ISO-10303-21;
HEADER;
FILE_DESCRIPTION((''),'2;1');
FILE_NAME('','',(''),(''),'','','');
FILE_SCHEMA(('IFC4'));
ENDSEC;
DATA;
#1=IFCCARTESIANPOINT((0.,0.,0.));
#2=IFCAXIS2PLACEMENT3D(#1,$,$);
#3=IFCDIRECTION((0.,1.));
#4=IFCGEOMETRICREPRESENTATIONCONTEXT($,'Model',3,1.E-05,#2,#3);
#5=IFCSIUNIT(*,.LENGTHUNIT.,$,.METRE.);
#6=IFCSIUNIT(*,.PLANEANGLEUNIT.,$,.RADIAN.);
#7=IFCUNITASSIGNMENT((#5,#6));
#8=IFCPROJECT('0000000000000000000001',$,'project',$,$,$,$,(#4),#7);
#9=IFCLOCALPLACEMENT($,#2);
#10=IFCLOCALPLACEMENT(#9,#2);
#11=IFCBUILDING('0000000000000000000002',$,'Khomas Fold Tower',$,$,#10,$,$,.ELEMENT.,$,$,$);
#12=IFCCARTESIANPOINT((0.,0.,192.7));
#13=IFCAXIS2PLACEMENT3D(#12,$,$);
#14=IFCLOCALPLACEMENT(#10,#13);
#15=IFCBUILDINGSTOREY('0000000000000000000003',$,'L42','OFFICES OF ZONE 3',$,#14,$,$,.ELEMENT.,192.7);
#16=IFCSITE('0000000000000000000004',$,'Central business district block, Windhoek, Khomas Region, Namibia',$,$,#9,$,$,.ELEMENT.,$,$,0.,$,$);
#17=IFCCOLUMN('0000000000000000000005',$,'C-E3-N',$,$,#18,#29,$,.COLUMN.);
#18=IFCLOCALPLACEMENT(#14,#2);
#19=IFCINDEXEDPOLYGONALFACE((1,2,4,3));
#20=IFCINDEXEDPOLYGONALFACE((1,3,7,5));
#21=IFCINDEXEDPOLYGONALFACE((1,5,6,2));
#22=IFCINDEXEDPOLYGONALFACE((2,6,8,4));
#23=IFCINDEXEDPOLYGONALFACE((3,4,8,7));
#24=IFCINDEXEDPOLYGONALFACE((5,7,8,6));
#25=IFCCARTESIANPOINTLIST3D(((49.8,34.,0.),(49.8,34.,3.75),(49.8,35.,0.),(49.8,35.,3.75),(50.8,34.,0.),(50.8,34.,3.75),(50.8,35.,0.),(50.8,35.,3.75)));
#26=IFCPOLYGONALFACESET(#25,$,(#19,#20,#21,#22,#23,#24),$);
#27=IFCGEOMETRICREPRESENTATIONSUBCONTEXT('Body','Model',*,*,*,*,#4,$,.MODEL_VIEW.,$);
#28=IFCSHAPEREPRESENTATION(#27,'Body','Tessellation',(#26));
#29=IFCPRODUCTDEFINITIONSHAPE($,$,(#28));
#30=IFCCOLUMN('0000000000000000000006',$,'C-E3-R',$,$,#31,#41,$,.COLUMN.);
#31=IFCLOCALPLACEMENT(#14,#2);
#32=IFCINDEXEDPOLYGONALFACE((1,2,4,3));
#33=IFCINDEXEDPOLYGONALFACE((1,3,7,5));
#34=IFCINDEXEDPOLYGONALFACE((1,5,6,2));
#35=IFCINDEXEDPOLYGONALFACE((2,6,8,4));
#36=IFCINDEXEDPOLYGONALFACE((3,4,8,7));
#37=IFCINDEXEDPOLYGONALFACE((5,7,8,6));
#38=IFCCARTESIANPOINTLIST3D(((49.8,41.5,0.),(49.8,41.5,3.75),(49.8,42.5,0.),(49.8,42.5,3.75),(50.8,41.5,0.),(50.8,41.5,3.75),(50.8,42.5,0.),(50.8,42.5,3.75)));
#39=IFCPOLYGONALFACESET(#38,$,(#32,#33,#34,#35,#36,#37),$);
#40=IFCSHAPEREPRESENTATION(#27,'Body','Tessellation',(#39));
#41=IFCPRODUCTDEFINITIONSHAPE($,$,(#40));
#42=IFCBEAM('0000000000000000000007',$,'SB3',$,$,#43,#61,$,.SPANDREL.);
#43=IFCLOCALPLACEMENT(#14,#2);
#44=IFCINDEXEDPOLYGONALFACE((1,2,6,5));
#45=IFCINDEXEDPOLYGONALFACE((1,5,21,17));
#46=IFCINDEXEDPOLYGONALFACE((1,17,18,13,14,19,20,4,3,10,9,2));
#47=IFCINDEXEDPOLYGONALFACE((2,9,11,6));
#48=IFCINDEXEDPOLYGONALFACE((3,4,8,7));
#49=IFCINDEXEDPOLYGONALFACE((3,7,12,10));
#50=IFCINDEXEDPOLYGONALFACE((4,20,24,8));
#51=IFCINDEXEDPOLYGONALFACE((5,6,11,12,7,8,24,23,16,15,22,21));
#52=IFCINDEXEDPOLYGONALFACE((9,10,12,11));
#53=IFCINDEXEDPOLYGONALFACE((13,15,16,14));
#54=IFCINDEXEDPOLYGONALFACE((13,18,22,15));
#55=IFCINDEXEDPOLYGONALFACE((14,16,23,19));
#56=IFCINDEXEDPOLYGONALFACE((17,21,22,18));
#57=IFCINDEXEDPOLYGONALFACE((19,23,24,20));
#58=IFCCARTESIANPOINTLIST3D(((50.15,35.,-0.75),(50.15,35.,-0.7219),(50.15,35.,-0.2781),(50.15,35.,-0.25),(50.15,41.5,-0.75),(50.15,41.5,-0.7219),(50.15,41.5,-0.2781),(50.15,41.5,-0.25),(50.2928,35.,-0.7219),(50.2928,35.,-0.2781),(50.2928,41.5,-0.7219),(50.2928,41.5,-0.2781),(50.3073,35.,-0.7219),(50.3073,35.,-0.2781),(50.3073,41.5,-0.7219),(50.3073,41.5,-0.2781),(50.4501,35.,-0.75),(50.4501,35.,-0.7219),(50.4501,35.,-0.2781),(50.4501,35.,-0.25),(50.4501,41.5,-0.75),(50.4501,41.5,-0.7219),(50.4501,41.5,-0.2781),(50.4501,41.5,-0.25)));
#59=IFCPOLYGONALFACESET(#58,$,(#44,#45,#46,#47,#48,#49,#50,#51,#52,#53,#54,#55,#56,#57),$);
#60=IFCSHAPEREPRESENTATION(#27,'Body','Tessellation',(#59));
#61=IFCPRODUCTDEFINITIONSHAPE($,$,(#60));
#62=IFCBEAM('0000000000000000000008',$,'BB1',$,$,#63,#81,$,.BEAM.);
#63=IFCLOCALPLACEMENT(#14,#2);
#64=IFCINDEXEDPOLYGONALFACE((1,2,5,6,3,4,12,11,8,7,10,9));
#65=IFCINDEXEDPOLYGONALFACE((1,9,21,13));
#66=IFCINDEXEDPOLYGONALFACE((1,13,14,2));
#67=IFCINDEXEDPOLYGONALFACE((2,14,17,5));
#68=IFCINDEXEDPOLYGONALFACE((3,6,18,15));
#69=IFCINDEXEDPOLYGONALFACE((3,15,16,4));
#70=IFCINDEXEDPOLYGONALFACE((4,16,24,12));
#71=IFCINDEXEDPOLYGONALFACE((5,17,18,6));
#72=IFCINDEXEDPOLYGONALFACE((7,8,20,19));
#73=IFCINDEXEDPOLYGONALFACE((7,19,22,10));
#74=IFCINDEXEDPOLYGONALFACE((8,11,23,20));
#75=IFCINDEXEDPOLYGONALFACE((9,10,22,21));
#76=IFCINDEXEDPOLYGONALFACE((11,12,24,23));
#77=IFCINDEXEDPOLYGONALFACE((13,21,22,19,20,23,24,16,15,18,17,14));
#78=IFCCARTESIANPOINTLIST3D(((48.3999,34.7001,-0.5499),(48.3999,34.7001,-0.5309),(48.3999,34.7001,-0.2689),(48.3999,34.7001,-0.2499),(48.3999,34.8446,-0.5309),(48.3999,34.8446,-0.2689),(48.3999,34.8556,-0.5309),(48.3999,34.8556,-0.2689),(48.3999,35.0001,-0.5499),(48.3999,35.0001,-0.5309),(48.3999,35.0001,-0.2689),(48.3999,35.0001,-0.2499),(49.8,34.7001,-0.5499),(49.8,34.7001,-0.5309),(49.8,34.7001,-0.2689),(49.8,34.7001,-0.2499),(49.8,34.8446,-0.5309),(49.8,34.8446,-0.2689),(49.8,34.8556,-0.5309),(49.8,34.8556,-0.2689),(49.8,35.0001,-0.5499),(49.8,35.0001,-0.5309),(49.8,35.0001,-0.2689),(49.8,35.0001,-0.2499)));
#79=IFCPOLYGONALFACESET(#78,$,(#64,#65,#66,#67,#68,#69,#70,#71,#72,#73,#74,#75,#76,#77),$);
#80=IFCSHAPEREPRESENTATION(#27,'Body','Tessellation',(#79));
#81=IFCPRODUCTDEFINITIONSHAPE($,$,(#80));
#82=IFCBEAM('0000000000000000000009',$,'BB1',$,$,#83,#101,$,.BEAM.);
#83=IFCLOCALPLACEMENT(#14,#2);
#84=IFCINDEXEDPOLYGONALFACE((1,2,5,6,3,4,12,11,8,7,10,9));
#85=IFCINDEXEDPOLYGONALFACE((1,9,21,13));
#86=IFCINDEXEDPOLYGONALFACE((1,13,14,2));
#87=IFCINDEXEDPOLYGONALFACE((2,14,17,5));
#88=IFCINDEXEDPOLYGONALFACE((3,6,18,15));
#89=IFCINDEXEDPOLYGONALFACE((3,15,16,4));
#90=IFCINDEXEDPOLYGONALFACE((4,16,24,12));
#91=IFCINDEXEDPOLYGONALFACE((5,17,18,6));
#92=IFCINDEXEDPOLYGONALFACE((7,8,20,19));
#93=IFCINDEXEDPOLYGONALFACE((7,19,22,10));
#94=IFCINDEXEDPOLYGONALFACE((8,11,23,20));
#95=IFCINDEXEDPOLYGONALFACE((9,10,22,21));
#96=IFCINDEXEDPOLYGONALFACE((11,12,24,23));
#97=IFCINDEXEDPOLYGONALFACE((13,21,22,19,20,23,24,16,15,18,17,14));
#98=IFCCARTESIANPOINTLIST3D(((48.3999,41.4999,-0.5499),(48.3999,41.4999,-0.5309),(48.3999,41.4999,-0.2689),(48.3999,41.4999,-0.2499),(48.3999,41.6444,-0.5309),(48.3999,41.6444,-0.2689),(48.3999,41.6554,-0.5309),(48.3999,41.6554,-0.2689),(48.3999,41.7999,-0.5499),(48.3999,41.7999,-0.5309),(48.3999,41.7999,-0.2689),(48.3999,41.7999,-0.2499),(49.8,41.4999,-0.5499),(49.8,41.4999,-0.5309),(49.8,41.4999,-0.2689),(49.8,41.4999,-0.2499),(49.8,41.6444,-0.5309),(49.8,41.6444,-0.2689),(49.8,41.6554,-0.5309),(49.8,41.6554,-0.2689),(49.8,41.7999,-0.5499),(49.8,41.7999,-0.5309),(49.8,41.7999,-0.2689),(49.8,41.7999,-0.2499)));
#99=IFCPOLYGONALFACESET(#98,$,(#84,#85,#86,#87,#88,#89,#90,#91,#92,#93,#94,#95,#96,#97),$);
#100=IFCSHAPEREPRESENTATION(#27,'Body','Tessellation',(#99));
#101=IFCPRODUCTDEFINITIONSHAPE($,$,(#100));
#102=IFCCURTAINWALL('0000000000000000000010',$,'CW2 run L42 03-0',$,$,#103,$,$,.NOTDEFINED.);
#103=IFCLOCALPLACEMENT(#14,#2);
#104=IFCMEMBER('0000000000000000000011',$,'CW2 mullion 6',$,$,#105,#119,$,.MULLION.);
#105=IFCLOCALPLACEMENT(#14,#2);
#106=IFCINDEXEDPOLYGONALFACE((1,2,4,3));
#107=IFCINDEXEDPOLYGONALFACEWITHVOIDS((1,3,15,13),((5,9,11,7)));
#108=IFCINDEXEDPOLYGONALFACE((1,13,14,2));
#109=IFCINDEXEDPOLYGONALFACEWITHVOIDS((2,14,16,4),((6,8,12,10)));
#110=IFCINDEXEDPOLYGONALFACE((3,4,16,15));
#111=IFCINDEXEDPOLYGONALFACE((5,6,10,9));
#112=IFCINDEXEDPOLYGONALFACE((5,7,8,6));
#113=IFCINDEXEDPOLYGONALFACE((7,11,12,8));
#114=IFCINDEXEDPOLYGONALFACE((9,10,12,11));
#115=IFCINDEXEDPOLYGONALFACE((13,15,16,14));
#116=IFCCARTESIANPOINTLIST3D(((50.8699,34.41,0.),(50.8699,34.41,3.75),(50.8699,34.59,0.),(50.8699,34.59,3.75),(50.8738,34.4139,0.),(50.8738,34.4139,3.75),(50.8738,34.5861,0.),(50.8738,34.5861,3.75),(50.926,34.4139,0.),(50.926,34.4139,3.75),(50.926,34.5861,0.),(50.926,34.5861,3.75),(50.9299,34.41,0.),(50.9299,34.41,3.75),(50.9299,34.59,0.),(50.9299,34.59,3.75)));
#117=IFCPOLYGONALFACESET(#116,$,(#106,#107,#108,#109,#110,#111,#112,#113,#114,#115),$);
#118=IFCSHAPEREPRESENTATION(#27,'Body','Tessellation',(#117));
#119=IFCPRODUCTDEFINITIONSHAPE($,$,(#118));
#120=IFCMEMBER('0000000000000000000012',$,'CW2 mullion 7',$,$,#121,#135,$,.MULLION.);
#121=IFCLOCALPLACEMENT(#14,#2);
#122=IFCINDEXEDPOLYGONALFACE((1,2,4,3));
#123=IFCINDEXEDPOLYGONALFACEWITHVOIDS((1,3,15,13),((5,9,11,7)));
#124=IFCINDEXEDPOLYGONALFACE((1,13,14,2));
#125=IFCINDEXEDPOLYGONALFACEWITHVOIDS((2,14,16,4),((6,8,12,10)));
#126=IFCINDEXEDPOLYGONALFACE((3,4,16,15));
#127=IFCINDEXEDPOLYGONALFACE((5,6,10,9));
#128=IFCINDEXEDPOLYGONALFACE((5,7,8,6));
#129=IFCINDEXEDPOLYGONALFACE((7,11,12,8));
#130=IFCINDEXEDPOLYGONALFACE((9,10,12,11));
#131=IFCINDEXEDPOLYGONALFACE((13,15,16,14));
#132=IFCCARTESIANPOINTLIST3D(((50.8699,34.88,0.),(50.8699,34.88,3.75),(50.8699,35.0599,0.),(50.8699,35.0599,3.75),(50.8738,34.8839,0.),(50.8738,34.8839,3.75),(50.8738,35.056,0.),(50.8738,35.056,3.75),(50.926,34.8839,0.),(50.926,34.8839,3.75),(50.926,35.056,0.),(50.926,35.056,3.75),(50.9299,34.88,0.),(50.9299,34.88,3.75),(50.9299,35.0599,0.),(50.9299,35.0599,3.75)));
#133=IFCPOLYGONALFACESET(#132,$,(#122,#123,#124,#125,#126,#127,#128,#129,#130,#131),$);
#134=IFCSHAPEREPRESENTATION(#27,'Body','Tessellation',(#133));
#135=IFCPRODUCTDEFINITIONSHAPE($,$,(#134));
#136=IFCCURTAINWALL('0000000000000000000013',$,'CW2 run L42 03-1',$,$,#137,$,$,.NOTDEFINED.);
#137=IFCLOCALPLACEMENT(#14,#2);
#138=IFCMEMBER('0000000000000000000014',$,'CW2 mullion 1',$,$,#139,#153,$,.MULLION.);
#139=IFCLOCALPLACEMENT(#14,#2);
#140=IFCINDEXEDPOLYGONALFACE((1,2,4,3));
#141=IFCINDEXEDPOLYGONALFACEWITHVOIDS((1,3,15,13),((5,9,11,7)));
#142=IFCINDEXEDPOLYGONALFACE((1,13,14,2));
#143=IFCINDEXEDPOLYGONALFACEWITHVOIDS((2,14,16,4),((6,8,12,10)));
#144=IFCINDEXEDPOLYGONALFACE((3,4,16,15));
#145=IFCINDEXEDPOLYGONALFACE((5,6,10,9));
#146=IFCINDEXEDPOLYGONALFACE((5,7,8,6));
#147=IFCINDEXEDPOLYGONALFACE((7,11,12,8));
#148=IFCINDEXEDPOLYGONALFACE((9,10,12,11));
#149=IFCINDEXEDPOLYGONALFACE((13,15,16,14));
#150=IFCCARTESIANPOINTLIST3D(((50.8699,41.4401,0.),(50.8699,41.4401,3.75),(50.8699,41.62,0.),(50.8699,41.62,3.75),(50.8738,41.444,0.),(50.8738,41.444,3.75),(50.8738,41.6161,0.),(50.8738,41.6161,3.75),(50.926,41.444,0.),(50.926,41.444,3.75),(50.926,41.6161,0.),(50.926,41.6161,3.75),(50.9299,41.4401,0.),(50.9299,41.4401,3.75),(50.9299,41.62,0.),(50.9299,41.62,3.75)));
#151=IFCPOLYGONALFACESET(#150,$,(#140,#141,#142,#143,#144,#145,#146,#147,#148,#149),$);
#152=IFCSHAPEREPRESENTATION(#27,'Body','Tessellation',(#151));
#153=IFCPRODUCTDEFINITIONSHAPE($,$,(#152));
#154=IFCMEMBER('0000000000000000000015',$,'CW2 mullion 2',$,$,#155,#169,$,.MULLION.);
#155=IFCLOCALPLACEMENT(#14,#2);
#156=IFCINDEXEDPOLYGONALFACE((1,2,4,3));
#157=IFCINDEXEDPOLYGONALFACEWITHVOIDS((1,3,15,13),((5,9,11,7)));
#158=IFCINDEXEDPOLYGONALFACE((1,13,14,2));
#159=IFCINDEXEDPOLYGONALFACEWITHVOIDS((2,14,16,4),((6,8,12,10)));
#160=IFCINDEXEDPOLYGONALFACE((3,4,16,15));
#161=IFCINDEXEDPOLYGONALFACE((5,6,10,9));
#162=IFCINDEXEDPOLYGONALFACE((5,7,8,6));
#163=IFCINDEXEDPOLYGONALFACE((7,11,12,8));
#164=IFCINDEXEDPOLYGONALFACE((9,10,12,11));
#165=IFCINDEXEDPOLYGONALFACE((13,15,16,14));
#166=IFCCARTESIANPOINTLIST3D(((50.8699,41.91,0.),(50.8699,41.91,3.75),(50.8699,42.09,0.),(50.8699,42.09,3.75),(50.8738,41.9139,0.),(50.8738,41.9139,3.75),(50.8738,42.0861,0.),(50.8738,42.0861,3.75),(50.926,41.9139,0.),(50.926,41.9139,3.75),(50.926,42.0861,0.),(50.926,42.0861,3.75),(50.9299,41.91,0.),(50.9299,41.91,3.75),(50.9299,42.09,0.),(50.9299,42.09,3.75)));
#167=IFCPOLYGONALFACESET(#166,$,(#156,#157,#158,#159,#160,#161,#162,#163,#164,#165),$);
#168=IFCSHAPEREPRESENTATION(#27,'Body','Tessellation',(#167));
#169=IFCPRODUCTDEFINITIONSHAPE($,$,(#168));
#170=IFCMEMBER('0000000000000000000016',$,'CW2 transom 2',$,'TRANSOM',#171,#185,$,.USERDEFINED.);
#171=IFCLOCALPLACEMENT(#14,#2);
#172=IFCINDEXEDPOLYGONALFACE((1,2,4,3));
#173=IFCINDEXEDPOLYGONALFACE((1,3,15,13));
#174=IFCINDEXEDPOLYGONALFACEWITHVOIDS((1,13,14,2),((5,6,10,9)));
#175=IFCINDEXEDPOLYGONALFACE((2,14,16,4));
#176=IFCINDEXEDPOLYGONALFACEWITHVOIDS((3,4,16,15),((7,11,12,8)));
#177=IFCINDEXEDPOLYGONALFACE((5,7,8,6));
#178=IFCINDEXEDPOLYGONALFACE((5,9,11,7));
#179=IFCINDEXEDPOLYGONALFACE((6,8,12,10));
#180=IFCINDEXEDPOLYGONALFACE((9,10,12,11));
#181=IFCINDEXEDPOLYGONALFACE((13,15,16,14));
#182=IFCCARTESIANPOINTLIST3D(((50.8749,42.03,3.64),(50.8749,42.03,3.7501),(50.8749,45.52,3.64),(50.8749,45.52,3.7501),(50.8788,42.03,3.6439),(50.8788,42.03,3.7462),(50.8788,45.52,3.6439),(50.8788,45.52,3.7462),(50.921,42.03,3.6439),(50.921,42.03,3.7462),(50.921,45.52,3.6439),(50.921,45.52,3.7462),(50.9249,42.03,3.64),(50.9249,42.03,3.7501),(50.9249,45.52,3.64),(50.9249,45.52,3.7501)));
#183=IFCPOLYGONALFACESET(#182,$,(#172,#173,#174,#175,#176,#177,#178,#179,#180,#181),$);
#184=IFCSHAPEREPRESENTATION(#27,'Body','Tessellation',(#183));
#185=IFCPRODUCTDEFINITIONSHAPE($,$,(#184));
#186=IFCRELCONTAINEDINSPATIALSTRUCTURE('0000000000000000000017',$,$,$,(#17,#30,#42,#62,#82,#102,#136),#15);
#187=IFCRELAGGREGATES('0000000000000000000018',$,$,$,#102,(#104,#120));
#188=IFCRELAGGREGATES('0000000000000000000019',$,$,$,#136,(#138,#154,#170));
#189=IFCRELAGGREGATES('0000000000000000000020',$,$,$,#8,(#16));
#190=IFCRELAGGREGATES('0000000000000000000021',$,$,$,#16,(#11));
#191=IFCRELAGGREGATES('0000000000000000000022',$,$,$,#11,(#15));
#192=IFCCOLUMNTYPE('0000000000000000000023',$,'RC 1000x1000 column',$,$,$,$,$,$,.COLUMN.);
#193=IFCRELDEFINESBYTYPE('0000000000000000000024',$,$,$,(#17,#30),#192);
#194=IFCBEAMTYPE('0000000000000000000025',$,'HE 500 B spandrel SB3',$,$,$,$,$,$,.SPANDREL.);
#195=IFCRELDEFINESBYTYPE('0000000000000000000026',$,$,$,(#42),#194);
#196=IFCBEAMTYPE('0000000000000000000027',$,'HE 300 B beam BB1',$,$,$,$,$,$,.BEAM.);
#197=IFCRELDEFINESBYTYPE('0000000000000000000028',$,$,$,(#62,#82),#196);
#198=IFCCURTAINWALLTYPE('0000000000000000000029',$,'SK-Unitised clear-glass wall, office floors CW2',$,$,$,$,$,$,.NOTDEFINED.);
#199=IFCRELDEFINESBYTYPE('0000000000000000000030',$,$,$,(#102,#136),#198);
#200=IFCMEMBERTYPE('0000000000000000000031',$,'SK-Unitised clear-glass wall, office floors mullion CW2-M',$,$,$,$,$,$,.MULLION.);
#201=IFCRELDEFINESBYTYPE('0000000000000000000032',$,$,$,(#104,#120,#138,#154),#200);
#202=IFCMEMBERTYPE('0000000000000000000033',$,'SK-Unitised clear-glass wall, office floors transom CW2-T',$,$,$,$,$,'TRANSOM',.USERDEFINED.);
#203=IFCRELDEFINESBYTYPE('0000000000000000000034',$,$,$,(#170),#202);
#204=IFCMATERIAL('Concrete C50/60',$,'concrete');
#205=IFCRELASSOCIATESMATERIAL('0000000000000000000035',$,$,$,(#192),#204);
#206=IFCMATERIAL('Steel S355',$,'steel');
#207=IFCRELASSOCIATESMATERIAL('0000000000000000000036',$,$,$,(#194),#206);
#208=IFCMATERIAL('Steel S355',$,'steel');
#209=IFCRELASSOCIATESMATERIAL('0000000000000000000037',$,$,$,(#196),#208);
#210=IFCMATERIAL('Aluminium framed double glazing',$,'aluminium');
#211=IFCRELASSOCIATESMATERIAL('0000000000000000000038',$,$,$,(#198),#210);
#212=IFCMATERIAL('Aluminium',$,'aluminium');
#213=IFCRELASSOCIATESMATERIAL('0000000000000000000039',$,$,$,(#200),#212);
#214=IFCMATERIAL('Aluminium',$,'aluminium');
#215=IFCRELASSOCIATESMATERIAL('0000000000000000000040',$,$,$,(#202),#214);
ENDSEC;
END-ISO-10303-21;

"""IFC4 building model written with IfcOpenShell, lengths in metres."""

from ifc_helpers import new_model, si_unit, direction, frame, origin, origin_2d, place, context, subcontext, project, spatial, rectangle, hollow_rectangle, i_section, extrude, source, transform, mapped, material, material_profile, profile_set, type_object, element, aggregate, save


model = new_model("IFC4")

# Units and contexts
model_context = context("Model", 3, precision=1e-05, world=origin(), true_north=direction((0.0, 1.0)))
body_context = subcontext(model_context, "Body", "Model", "MODEL_VIEW")
ifc_project = project(units=[si_unit("LENGTHUNIT", "METRE"), si_unit("PLANEANGLEUNIT", "RADIAN")], contexts=[model_context])

# Site, building, storey
site_placement = place(None, origin())
site = spatial("IfcSite", under=ifc_project, at=site_placement, Name="Central business district block, Windhoek, Khomas Region, Namibia", CompositionType="ELEMENT", RefElevation=0.0)
building_placement = place(site_placement, origin())
building = spatial("IfcBuilding", under=site, at=building_placement, Name="Khomas Fold Tower", CompositionType="ELEMENT")
storey_placement = place(building_placement, frame((0.0, 0.0, 192.7)))
storey = spatial("IfcBuildingStorey", under=building, at=storey_placement, Name="L42", Description="OFFICES OF ZONE 3", CompositionType="ELEMENT", Elevation=192.7)

# Columns
ifc_material_1 = material(Name="Concrete C50/60", Category="concrete")
ifc_material_profile_1 = material_profile(ifc_material_1, rectangle(XDim=1.0, YDim=1.0, at=origin_2d()), Name="RC 1000x1000")
ifc_profile_set_1 = profile_set([ifc_material_profile_1], Name="Concrete C50/60")
column_type = type_object("IfcColumnType", Name="RC 1000x1000 column", PredefinedType="COLUMN", material=ifc_profile_set_1)
shared_shape_1 = source(origin(), body_context, "Body", "SweptSolid", [
    extrude(rectangle(XDim=1.0, YDim=1.0, at=origin_2d()), origin(), (0.0, 0.0, 1.0), 3.75),
])
for number, where, z_axis, x_axis, name in (
    (1, (50.3, 34.5, 0.0), (0.0, 0.0, 1.0), (1.0, 0.0, 0.0), "C-E3-N"),
    (2, (50.3, 42.0, 0.0), (0.0, 0.0, 1.0), (1.0, 0.0, 0.0), "C-E3-R"),
):
    element("IfcColumn", number, at=place(storey_placement, frame(where, z_axis=z_axis, x_axis=x_axis)), inside=storey, type_object=column_type, Name=name, PredefinedType="COLUMN", context=body_context, shape_type="MappedRepresentation", body=[
        mapped(shared_shape_1, transform((0.0, 0.0, 0.0))),
    ])

# Beams
ifc_material_2 = material(Name="Steel S355", Category="steel")
ifc_material_profile_2 = material_profile(ifc_material_2, i_section(OverallWidth=0.3, OverallDepth=0.5, WebThickness=0.0144, FlangeThickness=0.0281, at=origin_2d()), Name="HE 500 B")
ifc_profile_set_2 = profile_set([ifc_material_profile_2], Name="Steel S355")
beam_type_1 = type_object("IfcBeamType", Name="HE 500 B spandrel SB3", PredefinedType="SPANDREL", material=ifc_profile_set_2)
shared_shape_2 = source(origin(), body_context, "Body", "SweptSolid", [
    extrude(i_section(OverallWidth=0.3, OverallDepth=0.5, WebThickness=0.0144, FlangeThickness=0.0281, at=origin_2d()), origin(), (0.0, 0.0, 1.0), 6.5),
])
beam_placement = place(storey_placement, frame((50.3, 35.0, -0.5), z_axis=(0.0, 1.0, 0.0), x_axis=(-1.0, 0.0, 0.0)))
element("IfcBeam", 3, at=beam_placement, inside=storey, type_object=beam_type_1, Name="SB3", PredefinedType="SPANDREL", context=body_context, shape_type="MappedRepresentation", body=[
    mapped(shared_shape_2, transform((0.0, 0.0, 0.0))),
])
ifc_material_3 = material(Name="Steel S355", Category="steel")
ifc_material_profile_3 = material_profile(ifc_material_3, i_section(OverallWidth=0.3, OverallDepth=0.3, WebThickness=0.011, FlangeThickness=0.019, at=origin_2d()), Name="HE 300 B")
ifc_profile_set_3 = profile_set([ifc_material_profile_3], Name="Steel S355")
beam_type_2 = type_object("IfcBeamType", Name="HE 300 B beam BB1", PredefinedType="BEAM", material=ifc_profile_set_3)
shared_shape_3 = source(origin(), body_context, "Body", "SweptSolid", [
    extrude(i_section(OverallWidth=0.3, OverallDepth=0.3, WebThickness=0.011, FlangeThickness=0.019, at=origin_2d()), origin(), (0.0, 0.0, 1.0), 1.4001),
])
for number, where, z_axis, x_axis, name in (
    (4, (48.3999, 34.8501, -0.3999), (1.0, 0.0, 0.0), (0.0, 1.0, 0.0), "BB1"),
    (5, (48.3999, 41.6499, -0.3999), (1.0, 0.0, 0.0), (0.0, 1.0, 0.0), "BB1"),
):
    element("IfcBeam", number, at=place(storey_placement, frame(where, z_axis=z_axis, x_axis=x_axis)), inside=storey, type_object=beam_type_2, Name=name, PredefinedType="BEAM", context=body_context, shape_type="MappedRepresentation", body=[
        mapped(shared_shape_3, transform((0.0, 0.0, 0.0))),
    ])

# Curtain walls, members
ifc_material_4 = material(Name="Aluminium framed double glazing", Category="aluminium")
curtain_wall_type = type_object("IfcCurtainWallType", Name="SK-Unitised clear-glass wall, office floors CW2", PredefinedType="NOTDEFINED", material=ifc_material_4)
curtain_wall_1_placement = place(storey_placement, origin())
curtain_wall_1 = element("IfcCurtainWall", 6, at=curtain_wall_1_placement, inside=storey, type_object=curtain_wall_type, Name="CW2 run L42 03-0", PredefinedType="NOTDEFINED")
ifc_material_5 = material(Name="Aluminium", Category="aluminium")
ifc_material_profile_4 = material_profile(ifc_material_5, hollow_rectangle(XDim=0.0601, YDim=0.1799, WallThickness=0.0039, at=origin_2d()), Name="SK-Unitised clear-glass wall, office floors mullion CW2-M")
ifc_profile_set_4 = profile_set([ifc_material_profile_4], Name="Aluminium")
member_type_1 = type_object("IfcMemberType", Name="SK-Unitised clear-glass wall, office floors mullion CW2-M", PredefinedType="MULLION", material=ifc_profile_set_4)
shared_shape_4 = source(origin(), body_context, "Body", "SweptSolid", [
    extrude(hollow_rectangle(XDim=0.0601, YDim=0.1799, WallThickness=0.0039, at=origin_2d()), origin(), (0.0, 0.0, 1.0), 3.75),
])
member_1_placement = place(storey_placement, frame((50.8999, 34.5, 0.0), z_axis=(0.0, 0.0, 1.0), x_axis=(-1.0, 0.0, 0.0)))
member_1 = element("IfcMember", 7, at=member_1_placement, type_object=member_type_1, Name="CW2 mullion 6", PredefinedType="MULLION", context=body_context, shape_type="MappedRepresentation", body=[
    mapped(shared_shape_4, transform((0.0, 0.0, 0.0))),
])
member_2_placement = place(storey_placement, frame((50.8999, 34.97, 0.0), z_axis=(0.0, 0.0, 1.0), x_axis=(-1.0, 0.0, 0.0)))
member_2 = element("IfcMember", 8, at=member_2_placement, type_object=member_type_1, Name="CW2 mullion 7", PredefinedType="MULLION", context=body_context, shape_type="MappedRepresentation", body=[
    mapped(shared_shape_4, transform((0.0, 0.0, 0.0))),
])
curtain_wall_2_placement = place(storey_placement, origin())
curtain_wall_2 = element("IfcCurtainWall", 9, at=curtain_wall_2_placement, inside=storey, type_object=curtain_wall_type, Name="CW2 run L42 03-1", PredefinedType="NOTDEFINED")
member_3_placement = place(storey_placement, frame((50.8999, 41.53, 0.0), z_axis=(0.0, 0.0, 1.0), x_axis=(-1.0, 0.0, 0.0)))
member_3 = element("IfcMember", 10, at=member_3_placement, type_object=member_type_1, Name="CW2 mullion 1", PredefinedType="MULLION", context=body_context, shape_type="MappedRepresentation", body=[
    mapped(shared_shape_4, transform((0.0, 0.0, 0.0))),
])
member_4_placement = place(storey_placement, frame((50.8999, 42.0, 0.0), z_axis=(0.0, 0.0, 1.0), x_axis=(-1.0, 0.0, 0.0)))
member_4 = element("IfcMember", 11, at=member_4_placement, type_object=member_type_1, Name="CW2 mullion 2", PredefinedType="MULLION", context=body_context, shape_type="MappedRepresentation", body=[
    mapped(shared_shape_4, transform((0.0, 0.0, 0.0))),
])
ifc_material_6 = material(Name="Aluminium", Category="aluminium")
ifc_material_profile_5 = material_profile(ifc_material_6, hollow_rectangle(XDim=0.05, YDim=0.1101, WallThickness=0.0039, at=origin_2d()), Name="SK-Unitised clear-glass wall, office floors transom CW2-T")
ifc_profile_set_5 = profile_set([ifc_material_profile_5], Name="Aluminium")
member_type_2 = type_object("IfcMemberType", Name="SK-Unitised clear-glass wall, office floors transom CW2-T", ElementType="TRANSOM", PredefinedType="USERDEFINED", material=ifc_profile_set_5)
shared_shape_5 = source(origin(), body_context, "Body", "SweptSolid", [
    extrude(hollow_rectangle(XDim=0.05, YDim=0.1101, WallThickness=0.0039, at=origin_2d()), origin(), (0.0, 0.0, 1.0), 3.49),
])
member_5_placement = place(storey_placement, frame((50.8999, 42.03, 3.6951), z_axis=(0.0, 1.0, 0.0), x_axis=(-1.0, 0.0, 0.0)))
member_5 = element("IfcMember", 12, at=member_5_placement, type_object=member_type_2, Name="CW2 transom 2", ObjectType="TRANSOM", PredefinedType="USERDEFINED", context=body_context, shape_type="MappedRepresentation", body=[
    mapped(shared_shape_5, transform((0.0, 0.0, 0.0))),
])

aggregate(curtain_wall_1, [member_1, member_2])
aggregate(curtain_wall_2, [member_3, member_4, member_5])

save(model, "model.ifc")
